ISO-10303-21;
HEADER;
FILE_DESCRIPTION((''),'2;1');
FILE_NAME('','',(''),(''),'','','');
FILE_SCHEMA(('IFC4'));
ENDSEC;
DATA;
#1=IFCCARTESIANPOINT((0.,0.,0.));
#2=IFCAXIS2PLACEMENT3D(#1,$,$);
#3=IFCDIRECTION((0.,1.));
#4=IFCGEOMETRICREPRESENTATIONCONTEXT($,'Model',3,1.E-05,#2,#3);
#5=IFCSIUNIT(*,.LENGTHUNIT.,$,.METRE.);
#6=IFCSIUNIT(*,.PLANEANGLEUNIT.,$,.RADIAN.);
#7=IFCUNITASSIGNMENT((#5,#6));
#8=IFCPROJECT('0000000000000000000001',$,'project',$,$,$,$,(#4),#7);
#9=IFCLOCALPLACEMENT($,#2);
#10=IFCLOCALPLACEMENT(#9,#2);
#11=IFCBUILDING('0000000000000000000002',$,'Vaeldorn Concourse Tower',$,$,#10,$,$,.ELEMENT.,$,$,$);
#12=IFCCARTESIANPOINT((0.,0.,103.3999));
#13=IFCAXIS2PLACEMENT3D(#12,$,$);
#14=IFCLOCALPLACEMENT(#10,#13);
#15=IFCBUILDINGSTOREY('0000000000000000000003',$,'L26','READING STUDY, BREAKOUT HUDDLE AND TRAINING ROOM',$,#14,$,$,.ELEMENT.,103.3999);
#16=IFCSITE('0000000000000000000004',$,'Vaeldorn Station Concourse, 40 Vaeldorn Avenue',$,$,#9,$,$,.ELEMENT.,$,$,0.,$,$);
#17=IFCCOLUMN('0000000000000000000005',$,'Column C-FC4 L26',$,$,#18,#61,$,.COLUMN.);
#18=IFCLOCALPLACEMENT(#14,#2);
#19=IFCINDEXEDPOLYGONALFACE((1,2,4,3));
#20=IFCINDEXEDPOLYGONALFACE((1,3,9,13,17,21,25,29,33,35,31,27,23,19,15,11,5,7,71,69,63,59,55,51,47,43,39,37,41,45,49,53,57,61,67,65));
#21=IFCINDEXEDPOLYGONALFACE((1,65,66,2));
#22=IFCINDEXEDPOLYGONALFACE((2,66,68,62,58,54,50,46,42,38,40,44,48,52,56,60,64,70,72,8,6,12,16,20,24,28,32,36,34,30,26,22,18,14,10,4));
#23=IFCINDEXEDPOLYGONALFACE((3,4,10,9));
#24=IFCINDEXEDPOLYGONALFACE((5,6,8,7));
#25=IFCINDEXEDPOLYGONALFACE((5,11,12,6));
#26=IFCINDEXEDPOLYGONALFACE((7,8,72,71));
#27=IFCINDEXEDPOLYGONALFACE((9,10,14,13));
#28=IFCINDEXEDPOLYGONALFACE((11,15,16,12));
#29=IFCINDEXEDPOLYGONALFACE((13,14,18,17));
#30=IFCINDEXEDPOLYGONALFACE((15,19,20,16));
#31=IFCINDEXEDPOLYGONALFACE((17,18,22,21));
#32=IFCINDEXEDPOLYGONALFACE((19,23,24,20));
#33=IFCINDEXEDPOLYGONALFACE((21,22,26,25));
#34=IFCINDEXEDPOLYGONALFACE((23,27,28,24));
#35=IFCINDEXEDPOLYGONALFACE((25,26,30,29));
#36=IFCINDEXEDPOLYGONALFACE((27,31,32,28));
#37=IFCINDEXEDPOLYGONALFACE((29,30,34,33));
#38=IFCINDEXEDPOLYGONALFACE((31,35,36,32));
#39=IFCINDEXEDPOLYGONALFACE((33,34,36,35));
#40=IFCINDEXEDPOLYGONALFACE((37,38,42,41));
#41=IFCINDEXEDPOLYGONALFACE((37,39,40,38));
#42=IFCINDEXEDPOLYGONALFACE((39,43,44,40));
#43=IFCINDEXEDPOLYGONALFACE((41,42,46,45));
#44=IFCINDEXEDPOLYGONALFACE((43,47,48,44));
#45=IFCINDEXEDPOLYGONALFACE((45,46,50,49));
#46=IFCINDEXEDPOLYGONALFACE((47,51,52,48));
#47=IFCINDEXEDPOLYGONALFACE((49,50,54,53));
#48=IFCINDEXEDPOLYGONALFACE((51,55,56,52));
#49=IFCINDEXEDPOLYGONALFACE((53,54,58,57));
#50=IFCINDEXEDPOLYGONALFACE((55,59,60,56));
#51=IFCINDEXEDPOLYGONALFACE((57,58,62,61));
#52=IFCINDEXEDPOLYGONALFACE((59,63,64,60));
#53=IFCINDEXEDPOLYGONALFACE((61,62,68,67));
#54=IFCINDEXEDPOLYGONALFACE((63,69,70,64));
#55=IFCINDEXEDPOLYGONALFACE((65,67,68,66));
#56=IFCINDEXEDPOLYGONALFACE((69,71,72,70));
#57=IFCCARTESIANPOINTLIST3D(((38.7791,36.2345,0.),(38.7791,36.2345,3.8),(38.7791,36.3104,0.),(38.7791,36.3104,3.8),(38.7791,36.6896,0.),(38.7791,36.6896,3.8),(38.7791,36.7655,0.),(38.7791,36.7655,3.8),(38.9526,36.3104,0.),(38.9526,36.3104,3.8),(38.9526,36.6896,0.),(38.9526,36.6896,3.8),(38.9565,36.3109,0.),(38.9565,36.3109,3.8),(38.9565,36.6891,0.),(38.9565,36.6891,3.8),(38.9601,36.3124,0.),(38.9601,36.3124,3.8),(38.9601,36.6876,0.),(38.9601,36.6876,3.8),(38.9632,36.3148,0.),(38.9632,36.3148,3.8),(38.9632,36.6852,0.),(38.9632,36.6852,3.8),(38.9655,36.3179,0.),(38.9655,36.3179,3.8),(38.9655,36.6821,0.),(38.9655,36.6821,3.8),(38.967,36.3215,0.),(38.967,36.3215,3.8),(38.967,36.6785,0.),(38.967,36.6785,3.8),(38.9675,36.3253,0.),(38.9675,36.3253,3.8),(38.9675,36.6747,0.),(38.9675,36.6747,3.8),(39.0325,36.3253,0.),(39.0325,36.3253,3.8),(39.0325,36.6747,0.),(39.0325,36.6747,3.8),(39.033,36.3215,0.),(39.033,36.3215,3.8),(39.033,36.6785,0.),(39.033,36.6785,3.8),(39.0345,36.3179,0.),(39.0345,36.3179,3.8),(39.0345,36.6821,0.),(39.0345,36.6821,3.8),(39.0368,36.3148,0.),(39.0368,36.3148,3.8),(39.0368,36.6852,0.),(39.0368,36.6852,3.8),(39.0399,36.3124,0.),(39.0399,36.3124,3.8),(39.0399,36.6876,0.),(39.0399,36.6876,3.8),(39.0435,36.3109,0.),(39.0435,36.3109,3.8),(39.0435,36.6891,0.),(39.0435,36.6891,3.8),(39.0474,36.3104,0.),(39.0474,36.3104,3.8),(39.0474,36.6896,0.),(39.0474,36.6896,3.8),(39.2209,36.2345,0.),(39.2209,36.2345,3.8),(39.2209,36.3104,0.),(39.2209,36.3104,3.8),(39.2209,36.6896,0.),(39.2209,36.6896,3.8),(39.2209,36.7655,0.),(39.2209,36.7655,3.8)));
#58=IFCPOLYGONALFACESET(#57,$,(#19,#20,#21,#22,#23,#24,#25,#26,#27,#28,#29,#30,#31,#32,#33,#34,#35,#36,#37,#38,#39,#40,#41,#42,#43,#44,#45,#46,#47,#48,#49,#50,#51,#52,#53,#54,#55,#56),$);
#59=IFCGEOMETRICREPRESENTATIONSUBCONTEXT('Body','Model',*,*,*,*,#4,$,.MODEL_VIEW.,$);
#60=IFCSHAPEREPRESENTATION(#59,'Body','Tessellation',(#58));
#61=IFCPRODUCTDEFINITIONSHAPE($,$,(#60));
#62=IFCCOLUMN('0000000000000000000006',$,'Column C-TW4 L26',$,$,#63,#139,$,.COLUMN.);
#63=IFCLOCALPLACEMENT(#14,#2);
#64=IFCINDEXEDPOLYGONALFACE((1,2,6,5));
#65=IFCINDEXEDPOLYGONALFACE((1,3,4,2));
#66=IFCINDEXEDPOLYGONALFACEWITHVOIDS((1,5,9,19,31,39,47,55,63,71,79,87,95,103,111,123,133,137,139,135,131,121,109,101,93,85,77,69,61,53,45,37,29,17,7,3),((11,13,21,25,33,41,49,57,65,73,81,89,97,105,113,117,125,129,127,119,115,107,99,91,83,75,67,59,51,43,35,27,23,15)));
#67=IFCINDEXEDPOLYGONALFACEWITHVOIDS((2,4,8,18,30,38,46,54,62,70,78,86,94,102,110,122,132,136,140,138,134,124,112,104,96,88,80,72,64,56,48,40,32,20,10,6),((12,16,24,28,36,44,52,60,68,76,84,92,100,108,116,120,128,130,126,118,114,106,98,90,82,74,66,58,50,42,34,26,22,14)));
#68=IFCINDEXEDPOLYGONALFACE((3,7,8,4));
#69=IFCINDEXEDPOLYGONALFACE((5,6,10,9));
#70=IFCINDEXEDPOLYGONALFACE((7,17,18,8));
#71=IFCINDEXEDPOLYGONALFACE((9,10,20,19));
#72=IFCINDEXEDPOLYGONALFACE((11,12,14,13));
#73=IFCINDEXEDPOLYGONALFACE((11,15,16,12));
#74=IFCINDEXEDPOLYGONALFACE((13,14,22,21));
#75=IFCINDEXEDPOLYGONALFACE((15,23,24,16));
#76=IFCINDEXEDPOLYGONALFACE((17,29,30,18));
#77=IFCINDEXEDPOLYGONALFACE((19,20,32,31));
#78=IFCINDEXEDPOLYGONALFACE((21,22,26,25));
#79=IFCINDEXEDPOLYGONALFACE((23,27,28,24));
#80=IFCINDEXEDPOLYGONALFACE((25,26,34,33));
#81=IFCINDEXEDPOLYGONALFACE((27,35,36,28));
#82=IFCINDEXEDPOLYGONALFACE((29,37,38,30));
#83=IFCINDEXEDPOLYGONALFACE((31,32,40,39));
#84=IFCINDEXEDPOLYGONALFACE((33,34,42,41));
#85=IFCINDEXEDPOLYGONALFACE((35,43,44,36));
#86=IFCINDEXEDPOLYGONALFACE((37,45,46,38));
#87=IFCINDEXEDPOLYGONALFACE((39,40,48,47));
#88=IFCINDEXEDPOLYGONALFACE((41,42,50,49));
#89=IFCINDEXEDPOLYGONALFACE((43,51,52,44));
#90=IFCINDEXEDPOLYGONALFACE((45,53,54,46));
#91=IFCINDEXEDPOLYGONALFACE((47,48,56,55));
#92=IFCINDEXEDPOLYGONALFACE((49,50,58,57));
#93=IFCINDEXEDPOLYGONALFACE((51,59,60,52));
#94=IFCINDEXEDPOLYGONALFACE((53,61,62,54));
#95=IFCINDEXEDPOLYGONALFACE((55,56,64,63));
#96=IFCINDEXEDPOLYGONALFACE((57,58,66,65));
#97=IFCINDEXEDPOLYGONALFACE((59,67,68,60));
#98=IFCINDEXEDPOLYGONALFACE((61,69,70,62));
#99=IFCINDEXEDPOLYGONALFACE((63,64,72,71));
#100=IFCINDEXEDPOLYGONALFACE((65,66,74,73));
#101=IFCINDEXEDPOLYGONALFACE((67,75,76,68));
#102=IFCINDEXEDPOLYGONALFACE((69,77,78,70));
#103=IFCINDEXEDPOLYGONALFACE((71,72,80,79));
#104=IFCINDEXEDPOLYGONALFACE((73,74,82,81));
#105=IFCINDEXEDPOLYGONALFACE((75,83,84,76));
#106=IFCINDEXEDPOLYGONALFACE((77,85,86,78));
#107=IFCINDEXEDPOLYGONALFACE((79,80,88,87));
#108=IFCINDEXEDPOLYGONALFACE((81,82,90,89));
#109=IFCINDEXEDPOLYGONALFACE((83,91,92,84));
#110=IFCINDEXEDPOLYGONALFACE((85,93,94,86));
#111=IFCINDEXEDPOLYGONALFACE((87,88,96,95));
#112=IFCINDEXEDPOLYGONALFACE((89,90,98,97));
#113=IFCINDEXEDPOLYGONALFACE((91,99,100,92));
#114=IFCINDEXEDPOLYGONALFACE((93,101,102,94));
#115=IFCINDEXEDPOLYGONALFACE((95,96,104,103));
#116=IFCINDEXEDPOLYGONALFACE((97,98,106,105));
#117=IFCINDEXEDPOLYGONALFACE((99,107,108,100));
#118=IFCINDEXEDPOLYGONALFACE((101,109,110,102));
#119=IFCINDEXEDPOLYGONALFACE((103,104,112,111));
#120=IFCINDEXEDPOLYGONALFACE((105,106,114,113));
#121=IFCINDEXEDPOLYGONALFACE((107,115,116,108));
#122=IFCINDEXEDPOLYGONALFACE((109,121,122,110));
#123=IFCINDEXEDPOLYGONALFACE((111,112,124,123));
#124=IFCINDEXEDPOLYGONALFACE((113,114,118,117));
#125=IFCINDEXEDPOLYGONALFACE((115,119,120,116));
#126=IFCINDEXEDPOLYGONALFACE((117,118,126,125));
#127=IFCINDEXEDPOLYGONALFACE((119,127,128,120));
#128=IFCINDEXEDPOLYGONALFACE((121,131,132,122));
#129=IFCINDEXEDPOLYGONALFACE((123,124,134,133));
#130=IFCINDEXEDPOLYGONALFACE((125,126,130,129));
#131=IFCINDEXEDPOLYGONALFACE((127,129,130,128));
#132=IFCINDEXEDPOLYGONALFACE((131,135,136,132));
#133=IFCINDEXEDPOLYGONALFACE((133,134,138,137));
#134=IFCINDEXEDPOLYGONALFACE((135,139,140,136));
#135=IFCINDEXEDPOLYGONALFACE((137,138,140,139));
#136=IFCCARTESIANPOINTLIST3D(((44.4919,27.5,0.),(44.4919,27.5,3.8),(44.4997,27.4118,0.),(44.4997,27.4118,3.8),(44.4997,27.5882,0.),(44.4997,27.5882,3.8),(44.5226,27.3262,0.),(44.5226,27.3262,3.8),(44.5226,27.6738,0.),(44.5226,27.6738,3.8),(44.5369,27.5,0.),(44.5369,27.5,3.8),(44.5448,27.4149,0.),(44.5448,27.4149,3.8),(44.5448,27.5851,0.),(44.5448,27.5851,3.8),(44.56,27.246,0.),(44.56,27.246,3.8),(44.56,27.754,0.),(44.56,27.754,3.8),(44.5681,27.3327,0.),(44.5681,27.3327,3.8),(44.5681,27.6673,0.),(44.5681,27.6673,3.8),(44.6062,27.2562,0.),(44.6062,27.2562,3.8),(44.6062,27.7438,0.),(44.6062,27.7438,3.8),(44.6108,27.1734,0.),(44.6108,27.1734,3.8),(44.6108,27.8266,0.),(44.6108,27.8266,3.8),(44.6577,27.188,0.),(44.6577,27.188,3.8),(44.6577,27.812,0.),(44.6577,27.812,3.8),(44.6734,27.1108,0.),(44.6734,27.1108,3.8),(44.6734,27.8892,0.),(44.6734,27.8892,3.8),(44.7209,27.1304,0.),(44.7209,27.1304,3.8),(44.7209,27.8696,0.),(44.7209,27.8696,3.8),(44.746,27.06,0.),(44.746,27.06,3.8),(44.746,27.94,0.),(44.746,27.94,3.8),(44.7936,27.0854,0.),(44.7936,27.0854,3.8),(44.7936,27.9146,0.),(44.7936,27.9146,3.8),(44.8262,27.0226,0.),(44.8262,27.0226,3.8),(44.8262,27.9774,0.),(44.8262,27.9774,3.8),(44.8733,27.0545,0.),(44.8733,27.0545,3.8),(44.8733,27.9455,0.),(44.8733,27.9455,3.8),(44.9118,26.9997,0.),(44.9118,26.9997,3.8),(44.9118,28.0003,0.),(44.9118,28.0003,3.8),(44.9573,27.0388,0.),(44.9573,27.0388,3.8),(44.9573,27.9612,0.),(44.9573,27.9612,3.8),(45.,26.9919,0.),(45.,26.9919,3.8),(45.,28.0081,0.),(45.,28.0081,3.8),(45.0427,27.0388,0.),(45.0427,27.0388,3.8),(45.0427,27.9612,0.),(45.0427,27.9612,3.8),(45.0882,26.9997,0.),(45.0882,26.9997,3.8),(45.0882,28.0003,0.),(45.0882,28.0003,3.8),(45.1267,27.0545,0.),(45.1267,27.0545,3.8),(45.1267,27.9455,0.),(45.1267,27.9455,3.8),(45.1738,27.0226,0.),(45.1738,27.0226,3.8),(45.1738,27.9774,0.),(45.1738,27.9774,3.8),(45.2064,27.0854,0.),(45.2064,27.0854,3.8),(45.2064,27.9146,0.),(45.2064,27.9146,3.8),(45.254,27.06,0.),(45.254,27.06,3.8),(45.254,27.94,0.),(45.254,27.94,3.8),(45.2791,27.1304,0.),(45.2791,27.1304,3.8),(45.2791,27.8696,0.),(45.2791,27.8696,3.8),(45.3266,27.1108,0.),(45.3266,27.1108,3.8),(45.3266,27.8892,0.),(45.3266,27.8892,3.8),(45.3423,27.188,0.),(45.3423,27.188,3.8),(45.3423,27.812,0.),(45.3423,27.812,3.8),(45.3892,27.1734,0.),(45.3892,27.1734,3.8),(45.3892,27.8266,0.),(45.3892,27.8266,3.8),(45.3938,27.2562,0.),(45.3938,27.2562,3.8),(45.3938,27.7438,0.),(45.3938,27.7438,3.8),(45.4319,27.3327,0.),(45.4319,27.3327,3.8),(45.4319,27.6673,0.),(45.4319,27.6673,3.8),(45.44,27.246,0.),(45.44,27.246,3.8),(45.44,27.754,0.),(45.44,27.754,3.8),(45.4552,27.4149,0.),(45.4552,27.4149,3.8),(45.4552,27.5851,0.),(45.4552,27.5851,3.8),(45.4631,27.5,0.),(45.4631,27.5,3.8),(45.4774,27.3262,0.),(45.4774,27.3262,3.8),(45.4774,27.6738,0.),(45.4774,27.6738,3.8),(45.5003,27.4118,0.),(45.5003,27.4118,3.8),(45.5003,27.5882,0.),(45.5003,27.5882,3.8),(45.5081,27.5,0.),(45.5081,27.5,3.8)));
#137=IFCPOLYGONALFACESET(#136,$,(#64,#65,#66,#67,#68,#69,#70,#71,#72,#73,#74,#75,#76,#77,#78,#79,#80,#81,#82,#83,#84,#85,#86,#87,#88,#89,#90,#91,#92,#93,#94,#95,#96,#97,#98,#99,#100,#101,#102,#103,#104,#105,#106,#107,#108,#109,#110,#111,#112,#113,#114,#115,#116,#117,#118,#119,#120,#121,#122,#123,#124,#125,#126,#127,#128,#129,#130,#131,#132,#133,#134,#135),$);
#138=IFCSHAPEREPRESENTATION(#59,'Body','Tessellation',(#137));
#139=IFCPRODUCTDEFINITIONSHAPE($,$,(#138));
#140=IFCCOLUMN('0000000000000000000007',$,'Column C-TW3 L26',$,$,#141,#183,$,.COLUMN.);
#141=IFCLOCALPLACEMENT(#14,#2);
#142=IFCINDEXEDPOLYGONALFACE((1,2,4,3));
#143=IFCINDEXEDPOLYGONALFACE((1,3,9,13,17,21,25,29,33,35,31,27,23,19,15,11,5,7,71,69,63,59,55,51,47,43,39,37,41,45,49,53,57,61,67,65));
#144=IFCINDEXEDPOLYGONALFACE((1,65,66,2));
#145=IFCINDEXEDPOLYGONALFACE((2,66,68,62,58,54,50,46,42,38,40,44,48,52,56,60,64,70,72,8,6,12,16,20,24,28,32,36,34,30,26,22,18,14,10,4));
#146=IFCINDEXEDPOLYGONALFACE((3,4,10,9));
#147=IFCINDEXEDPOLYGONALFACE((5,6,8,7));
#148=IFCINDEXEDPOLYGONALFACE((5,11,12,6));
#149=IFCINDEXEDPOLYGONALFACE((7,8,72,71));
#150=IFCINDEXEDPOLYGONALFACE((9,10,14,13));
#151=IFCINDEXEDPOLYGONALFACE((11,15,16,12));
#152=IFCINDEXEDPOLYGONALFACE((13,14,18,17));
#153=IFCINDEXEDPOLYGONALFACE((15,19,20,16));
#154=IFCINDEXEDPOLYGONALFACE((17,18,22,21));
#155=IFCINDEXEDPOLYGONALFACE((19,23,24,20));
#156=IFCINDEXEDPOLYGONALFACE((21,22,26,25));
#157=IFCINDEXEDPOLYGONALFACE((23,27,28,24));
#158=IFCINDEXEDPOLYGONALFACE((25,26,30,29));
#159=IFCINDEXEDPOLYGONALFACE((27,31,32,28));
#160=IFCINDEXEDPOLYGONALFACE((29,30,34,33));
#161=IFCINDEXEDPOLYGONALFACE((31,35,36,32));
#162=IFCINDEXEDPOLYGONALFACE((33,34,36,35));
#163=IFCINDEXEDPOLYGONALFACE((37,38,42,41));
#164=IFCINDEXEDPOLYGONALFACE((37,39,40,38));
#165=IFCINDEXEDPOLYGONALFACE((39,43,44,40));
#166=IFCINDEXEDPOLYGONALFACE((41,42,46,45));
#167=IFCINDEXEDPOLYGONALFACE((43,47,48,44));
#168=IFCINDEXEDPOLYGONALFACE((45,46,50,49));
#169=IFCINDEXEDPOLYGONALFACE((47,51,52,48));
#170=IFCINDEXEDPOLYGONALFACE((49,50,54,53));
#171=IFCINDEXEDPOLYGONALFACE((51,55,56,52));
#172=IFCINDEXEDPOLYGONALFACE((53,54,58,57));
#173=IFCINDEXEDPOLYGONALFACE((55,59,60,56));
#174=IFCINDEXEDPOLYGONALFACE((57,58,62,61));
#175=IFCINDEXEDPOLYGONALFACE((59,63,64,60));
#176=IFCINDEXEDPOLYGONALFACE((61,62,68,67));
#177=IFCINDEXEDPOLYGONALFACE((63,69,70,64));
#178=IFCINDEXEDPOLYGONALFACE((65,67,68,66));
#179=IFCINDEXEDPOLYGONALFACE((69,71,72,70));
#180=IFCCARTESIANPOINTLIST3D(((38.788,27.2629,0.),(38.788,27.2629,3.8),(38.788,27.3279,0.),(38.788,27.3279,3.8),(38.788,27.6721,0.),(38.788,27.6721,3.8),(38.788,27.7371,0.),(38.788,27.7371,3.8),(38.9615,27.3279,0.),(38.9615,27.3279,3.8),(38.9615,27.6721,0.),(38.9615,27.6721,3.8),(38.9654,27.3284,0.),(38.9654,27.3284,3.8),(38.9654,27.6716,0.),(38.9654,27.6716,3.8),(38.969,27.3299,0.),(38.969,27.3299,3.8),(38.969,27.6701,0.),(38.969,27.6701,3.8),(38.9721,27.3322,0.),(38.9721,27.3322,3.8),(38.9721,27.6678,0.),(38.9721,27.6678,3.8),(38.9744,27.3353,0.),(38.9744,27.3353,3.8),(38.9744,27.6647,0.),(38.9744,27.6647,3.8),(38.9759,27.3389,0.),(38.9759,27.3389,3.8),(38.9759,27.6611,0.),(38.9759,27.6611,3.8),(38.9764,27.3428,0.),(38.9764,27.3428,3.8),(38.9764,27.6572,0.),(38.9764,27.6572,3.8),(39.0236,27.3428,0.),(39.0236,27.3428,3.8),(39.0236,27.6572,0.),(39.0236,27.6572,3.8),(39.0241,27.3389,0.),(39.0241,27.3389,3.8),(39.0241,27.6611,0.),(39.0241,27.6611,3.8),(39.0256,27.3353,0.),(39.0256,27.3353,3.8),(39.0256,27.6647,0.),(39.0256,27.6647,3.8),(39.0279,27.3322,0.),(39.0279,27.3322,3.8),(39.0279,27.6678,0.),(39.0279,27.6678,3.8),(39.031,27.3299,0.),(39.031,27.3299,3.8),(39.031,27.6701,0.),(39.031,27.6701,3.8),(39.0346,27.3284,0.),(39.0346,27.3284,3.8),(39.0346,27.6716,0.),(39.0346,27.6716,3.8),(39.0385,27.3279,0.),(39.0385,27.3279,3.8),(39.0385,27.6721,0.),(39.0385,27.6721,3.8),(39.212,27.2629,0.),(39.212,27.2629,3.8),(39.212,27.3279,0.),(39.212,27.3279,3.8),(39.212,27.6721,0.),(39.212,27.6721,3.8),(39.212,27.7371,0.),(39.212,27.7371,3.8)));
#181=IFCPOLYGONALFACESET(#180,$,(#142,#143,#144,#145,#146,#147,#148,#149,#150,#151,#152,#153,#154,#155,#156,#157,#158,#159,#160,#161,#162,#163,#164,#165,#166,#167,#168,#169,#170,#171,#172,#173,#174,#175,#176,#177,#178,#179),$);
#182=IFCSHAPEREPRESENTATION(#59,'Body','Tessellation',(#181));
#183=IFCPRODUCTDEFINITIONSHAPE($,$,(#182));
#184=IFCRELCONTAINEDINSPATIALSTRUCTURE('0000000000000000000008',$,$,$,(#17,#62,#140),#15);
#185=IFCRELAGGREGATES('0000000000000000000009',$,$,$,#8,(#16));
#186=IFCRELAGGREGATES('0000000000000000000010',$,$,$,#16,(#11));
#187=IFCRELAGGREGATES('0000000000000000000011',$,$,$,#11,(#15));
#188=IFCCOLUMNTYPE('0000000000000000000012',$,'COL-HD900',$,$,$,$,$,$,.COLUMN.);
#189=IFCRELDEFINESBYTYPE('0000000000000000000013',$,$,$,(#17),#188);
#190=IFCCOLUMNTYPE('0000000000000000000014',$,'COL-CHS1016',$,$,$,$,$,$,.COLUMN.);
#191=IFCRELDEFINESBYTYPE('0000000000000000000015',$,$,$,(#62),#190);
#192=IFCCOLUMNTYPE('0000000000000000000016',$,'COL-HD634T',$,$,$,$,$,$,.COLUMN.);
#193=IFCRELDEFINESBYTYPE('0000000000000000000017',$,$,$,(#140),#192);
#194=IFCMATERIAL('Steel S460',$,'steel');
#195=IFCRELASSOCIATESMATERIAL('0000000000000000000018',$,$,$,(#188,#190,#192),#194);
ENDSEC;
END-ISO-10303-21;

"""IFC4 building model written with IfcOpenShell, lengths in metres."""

from ifc_helpers import new_model, si_unit, direction, frame, origin, origin_2d, place, context, subcontext, project, spatial, hollow_circle, i_section, extrude, source, transform, mapped, material, material_profile, profile_set, type_object, element, save


model = new_model("IFC4")

# Units and contexts
model_context = context("Model", 3, precision=1e-05, world=origin(), true_north=direction((0.0, 1.0)))
body_context = subcontext(model_context, "Body", "Model", "MODEL_VIEW")
ifc_project = project(units=[si_unit("LENGTHUNIT", "METRE"), si_unit("PLANEANGLEUNIT", "RADIAN")], contexts=[model_context])

# Site, building, storey
site_placement = place(None, origin())
site = spatial("IfcSite", under=ifc_project, at=site_placement, Name="Vaeldorn Station Concourse, 40 Vaeldorn Avenue", CompositionType="ELEMENT", RefElevation=0.0)
building_placement = place(site_placement, origin())
building = spatial("IfcBuilding", under=site, at=building_placement, Name="Vaeldorn Concourse Tower", CompositionType="ELEMENT")
storey_placement = place(building_placement, frame((0.0, 0.0, 103.3999)))
storey = spatial("IfcBuildingStorey", under=building, at=storey_placement, Name="L26", Description="READING STUDY, BREAKOUT HUDDLE AND TRAINING ROOM", CompositionType="ELEMENT", Elevation=103.3999)

# Columns
ifc_material_1 = material(Name="Steel S460", Category="steel")
ifc_material_profile_1 = material_profile(ifc_material_1, i_section(OverallWidth=0.4419, OverallDepth=0.531, WebThickness=0.0649, FlangeThickness=0.0759, FilletRadius=0.0149, at=origin_2d()), Name="HD 400x900")
ifc_profile_set_1 = profile_set([ifc_material_profile_1], Name="Steel S460")
column_type_1 = type_object("IfcColumnType", Name="COL-HD900", PredefinedType="COLUMN", material=ifc_profile_set_1)
shared_shape_1 = source(origin(), body_context, "Body", "SweptSolid", [
    extrude(i_section(OverallWidth=0.4419, OverallDepth=0.531, WebThickness=0.0649, FlangeThickness=0.0759, FilletRadius=0.0149, at=origin_2d()), origin(), (0.0, 0.0, 1.0), 3.8),
])
column_1_placement = place(storey_placement, frame((39.0, 36.5, 0.0), z_axis=(0.0, 0.0, 1.0), x_axis=(1.0, 0.0, 0.0)))
element("IfcColumn", 1, at=column_1_placement, inside=storey, type_object=column_type_1, Name="Column C-FC4 L26", PredefinedType="COLUMN", context=body_context, shape_type="MappedRepresentation", body=[
    mapped(shared_shape_1, transform((0.0, 0.0, 0.0), scale=1.0)),
])
ifc_material_profile_2 = material_profile(ifc_material_1, hollow_circle(Radius=0.5081, WallThickness=0.0449, at=origin_2d()), Name="CHS 1016x45")
ifc_profile_set_2 = profile_set([ifc_material_profile_2], Name="Steel S460")
column_type_2 = type_object("IfcColumnType", Name="COL-CHS1016", PredefinedType="COLUMN", material=ifc_profile_set_2)
shared_shape_2 = source(origin(), body_context, "Body", "SweptSolid", [
    extrude(hollow_circle(Radius=0.5081, WallThickness=0.0449, at=origin_2d()), origin(), (0.0, 0.0, 1.0), 3.8),
])
column_2_placement = place(storey_placement, frame((45.0, 27.5, 0.0), z_axis=(0.0, 0.0, 1.0), x_axis=(1.0, 0.0, 0.0)))
element("IfcColumn", 2, at=column_2_placement, inside=storey, type_object=column_type_2, Name="Column C-TW4 L26", PredefinedType="COLUMN", context=body_context, shape_type="MappedRepresentation", body=[
    mapped(shared_shape_2, transform((0.0, 0.0, 0.0), scale=1.0)),
])
ifc_material_profile_3 = material_profile(ifc_material_1, i_section(OverallWidth=0.4241, OverallDepth=0.4741, WebThickness=0.0471, FlangeThickness=0.0649, FilletRadius=0.0149, at=origin_2d()), Name="HD 400x634")
ifc_profile_set_3 = profile_set([ifc_material_profile_3], Name="Steel S460")
column_type_3 = type_object("IfcColumnType", Name="COL-HD634T", PredefinedType="COLUMN", material=ifc_profile_set_3)
shared_shape_3 = source(origin(), body_context, "Body", "SweptSolid", [
    extrude(i_section(OverallWidth=0.4241, OverallDepth=0.4741, WebThickness=0.0471, FlangeThickness=0.0649, FilletRadius=0.0149, at=origin_2d()), origin(), (0.0, 0.0, 1.0), 3.8),
])
for number, where, z_axis, x_axis, name in (
    (3, (39.0, 27.5, 0.0), (0.0, 0.0, 1.0), (1.0, 0.0, 0.0), "Column C-TW3 L26"),
):
    element("IfcColumn", number, at=place(storey_placement, frame(where, z_axis=z_axis, x_axis=x_axis)), inside=storey, type_object=column_type_3, Name=name, PredefinedType="COLUMN", context=body_context, shape_type="MappedRepresentation", body=[
        mapped(shared_shape_3, transform((0.0, 0.0, 0.0), scale=1.0)),
    ])

save(model, "model.ifc")
